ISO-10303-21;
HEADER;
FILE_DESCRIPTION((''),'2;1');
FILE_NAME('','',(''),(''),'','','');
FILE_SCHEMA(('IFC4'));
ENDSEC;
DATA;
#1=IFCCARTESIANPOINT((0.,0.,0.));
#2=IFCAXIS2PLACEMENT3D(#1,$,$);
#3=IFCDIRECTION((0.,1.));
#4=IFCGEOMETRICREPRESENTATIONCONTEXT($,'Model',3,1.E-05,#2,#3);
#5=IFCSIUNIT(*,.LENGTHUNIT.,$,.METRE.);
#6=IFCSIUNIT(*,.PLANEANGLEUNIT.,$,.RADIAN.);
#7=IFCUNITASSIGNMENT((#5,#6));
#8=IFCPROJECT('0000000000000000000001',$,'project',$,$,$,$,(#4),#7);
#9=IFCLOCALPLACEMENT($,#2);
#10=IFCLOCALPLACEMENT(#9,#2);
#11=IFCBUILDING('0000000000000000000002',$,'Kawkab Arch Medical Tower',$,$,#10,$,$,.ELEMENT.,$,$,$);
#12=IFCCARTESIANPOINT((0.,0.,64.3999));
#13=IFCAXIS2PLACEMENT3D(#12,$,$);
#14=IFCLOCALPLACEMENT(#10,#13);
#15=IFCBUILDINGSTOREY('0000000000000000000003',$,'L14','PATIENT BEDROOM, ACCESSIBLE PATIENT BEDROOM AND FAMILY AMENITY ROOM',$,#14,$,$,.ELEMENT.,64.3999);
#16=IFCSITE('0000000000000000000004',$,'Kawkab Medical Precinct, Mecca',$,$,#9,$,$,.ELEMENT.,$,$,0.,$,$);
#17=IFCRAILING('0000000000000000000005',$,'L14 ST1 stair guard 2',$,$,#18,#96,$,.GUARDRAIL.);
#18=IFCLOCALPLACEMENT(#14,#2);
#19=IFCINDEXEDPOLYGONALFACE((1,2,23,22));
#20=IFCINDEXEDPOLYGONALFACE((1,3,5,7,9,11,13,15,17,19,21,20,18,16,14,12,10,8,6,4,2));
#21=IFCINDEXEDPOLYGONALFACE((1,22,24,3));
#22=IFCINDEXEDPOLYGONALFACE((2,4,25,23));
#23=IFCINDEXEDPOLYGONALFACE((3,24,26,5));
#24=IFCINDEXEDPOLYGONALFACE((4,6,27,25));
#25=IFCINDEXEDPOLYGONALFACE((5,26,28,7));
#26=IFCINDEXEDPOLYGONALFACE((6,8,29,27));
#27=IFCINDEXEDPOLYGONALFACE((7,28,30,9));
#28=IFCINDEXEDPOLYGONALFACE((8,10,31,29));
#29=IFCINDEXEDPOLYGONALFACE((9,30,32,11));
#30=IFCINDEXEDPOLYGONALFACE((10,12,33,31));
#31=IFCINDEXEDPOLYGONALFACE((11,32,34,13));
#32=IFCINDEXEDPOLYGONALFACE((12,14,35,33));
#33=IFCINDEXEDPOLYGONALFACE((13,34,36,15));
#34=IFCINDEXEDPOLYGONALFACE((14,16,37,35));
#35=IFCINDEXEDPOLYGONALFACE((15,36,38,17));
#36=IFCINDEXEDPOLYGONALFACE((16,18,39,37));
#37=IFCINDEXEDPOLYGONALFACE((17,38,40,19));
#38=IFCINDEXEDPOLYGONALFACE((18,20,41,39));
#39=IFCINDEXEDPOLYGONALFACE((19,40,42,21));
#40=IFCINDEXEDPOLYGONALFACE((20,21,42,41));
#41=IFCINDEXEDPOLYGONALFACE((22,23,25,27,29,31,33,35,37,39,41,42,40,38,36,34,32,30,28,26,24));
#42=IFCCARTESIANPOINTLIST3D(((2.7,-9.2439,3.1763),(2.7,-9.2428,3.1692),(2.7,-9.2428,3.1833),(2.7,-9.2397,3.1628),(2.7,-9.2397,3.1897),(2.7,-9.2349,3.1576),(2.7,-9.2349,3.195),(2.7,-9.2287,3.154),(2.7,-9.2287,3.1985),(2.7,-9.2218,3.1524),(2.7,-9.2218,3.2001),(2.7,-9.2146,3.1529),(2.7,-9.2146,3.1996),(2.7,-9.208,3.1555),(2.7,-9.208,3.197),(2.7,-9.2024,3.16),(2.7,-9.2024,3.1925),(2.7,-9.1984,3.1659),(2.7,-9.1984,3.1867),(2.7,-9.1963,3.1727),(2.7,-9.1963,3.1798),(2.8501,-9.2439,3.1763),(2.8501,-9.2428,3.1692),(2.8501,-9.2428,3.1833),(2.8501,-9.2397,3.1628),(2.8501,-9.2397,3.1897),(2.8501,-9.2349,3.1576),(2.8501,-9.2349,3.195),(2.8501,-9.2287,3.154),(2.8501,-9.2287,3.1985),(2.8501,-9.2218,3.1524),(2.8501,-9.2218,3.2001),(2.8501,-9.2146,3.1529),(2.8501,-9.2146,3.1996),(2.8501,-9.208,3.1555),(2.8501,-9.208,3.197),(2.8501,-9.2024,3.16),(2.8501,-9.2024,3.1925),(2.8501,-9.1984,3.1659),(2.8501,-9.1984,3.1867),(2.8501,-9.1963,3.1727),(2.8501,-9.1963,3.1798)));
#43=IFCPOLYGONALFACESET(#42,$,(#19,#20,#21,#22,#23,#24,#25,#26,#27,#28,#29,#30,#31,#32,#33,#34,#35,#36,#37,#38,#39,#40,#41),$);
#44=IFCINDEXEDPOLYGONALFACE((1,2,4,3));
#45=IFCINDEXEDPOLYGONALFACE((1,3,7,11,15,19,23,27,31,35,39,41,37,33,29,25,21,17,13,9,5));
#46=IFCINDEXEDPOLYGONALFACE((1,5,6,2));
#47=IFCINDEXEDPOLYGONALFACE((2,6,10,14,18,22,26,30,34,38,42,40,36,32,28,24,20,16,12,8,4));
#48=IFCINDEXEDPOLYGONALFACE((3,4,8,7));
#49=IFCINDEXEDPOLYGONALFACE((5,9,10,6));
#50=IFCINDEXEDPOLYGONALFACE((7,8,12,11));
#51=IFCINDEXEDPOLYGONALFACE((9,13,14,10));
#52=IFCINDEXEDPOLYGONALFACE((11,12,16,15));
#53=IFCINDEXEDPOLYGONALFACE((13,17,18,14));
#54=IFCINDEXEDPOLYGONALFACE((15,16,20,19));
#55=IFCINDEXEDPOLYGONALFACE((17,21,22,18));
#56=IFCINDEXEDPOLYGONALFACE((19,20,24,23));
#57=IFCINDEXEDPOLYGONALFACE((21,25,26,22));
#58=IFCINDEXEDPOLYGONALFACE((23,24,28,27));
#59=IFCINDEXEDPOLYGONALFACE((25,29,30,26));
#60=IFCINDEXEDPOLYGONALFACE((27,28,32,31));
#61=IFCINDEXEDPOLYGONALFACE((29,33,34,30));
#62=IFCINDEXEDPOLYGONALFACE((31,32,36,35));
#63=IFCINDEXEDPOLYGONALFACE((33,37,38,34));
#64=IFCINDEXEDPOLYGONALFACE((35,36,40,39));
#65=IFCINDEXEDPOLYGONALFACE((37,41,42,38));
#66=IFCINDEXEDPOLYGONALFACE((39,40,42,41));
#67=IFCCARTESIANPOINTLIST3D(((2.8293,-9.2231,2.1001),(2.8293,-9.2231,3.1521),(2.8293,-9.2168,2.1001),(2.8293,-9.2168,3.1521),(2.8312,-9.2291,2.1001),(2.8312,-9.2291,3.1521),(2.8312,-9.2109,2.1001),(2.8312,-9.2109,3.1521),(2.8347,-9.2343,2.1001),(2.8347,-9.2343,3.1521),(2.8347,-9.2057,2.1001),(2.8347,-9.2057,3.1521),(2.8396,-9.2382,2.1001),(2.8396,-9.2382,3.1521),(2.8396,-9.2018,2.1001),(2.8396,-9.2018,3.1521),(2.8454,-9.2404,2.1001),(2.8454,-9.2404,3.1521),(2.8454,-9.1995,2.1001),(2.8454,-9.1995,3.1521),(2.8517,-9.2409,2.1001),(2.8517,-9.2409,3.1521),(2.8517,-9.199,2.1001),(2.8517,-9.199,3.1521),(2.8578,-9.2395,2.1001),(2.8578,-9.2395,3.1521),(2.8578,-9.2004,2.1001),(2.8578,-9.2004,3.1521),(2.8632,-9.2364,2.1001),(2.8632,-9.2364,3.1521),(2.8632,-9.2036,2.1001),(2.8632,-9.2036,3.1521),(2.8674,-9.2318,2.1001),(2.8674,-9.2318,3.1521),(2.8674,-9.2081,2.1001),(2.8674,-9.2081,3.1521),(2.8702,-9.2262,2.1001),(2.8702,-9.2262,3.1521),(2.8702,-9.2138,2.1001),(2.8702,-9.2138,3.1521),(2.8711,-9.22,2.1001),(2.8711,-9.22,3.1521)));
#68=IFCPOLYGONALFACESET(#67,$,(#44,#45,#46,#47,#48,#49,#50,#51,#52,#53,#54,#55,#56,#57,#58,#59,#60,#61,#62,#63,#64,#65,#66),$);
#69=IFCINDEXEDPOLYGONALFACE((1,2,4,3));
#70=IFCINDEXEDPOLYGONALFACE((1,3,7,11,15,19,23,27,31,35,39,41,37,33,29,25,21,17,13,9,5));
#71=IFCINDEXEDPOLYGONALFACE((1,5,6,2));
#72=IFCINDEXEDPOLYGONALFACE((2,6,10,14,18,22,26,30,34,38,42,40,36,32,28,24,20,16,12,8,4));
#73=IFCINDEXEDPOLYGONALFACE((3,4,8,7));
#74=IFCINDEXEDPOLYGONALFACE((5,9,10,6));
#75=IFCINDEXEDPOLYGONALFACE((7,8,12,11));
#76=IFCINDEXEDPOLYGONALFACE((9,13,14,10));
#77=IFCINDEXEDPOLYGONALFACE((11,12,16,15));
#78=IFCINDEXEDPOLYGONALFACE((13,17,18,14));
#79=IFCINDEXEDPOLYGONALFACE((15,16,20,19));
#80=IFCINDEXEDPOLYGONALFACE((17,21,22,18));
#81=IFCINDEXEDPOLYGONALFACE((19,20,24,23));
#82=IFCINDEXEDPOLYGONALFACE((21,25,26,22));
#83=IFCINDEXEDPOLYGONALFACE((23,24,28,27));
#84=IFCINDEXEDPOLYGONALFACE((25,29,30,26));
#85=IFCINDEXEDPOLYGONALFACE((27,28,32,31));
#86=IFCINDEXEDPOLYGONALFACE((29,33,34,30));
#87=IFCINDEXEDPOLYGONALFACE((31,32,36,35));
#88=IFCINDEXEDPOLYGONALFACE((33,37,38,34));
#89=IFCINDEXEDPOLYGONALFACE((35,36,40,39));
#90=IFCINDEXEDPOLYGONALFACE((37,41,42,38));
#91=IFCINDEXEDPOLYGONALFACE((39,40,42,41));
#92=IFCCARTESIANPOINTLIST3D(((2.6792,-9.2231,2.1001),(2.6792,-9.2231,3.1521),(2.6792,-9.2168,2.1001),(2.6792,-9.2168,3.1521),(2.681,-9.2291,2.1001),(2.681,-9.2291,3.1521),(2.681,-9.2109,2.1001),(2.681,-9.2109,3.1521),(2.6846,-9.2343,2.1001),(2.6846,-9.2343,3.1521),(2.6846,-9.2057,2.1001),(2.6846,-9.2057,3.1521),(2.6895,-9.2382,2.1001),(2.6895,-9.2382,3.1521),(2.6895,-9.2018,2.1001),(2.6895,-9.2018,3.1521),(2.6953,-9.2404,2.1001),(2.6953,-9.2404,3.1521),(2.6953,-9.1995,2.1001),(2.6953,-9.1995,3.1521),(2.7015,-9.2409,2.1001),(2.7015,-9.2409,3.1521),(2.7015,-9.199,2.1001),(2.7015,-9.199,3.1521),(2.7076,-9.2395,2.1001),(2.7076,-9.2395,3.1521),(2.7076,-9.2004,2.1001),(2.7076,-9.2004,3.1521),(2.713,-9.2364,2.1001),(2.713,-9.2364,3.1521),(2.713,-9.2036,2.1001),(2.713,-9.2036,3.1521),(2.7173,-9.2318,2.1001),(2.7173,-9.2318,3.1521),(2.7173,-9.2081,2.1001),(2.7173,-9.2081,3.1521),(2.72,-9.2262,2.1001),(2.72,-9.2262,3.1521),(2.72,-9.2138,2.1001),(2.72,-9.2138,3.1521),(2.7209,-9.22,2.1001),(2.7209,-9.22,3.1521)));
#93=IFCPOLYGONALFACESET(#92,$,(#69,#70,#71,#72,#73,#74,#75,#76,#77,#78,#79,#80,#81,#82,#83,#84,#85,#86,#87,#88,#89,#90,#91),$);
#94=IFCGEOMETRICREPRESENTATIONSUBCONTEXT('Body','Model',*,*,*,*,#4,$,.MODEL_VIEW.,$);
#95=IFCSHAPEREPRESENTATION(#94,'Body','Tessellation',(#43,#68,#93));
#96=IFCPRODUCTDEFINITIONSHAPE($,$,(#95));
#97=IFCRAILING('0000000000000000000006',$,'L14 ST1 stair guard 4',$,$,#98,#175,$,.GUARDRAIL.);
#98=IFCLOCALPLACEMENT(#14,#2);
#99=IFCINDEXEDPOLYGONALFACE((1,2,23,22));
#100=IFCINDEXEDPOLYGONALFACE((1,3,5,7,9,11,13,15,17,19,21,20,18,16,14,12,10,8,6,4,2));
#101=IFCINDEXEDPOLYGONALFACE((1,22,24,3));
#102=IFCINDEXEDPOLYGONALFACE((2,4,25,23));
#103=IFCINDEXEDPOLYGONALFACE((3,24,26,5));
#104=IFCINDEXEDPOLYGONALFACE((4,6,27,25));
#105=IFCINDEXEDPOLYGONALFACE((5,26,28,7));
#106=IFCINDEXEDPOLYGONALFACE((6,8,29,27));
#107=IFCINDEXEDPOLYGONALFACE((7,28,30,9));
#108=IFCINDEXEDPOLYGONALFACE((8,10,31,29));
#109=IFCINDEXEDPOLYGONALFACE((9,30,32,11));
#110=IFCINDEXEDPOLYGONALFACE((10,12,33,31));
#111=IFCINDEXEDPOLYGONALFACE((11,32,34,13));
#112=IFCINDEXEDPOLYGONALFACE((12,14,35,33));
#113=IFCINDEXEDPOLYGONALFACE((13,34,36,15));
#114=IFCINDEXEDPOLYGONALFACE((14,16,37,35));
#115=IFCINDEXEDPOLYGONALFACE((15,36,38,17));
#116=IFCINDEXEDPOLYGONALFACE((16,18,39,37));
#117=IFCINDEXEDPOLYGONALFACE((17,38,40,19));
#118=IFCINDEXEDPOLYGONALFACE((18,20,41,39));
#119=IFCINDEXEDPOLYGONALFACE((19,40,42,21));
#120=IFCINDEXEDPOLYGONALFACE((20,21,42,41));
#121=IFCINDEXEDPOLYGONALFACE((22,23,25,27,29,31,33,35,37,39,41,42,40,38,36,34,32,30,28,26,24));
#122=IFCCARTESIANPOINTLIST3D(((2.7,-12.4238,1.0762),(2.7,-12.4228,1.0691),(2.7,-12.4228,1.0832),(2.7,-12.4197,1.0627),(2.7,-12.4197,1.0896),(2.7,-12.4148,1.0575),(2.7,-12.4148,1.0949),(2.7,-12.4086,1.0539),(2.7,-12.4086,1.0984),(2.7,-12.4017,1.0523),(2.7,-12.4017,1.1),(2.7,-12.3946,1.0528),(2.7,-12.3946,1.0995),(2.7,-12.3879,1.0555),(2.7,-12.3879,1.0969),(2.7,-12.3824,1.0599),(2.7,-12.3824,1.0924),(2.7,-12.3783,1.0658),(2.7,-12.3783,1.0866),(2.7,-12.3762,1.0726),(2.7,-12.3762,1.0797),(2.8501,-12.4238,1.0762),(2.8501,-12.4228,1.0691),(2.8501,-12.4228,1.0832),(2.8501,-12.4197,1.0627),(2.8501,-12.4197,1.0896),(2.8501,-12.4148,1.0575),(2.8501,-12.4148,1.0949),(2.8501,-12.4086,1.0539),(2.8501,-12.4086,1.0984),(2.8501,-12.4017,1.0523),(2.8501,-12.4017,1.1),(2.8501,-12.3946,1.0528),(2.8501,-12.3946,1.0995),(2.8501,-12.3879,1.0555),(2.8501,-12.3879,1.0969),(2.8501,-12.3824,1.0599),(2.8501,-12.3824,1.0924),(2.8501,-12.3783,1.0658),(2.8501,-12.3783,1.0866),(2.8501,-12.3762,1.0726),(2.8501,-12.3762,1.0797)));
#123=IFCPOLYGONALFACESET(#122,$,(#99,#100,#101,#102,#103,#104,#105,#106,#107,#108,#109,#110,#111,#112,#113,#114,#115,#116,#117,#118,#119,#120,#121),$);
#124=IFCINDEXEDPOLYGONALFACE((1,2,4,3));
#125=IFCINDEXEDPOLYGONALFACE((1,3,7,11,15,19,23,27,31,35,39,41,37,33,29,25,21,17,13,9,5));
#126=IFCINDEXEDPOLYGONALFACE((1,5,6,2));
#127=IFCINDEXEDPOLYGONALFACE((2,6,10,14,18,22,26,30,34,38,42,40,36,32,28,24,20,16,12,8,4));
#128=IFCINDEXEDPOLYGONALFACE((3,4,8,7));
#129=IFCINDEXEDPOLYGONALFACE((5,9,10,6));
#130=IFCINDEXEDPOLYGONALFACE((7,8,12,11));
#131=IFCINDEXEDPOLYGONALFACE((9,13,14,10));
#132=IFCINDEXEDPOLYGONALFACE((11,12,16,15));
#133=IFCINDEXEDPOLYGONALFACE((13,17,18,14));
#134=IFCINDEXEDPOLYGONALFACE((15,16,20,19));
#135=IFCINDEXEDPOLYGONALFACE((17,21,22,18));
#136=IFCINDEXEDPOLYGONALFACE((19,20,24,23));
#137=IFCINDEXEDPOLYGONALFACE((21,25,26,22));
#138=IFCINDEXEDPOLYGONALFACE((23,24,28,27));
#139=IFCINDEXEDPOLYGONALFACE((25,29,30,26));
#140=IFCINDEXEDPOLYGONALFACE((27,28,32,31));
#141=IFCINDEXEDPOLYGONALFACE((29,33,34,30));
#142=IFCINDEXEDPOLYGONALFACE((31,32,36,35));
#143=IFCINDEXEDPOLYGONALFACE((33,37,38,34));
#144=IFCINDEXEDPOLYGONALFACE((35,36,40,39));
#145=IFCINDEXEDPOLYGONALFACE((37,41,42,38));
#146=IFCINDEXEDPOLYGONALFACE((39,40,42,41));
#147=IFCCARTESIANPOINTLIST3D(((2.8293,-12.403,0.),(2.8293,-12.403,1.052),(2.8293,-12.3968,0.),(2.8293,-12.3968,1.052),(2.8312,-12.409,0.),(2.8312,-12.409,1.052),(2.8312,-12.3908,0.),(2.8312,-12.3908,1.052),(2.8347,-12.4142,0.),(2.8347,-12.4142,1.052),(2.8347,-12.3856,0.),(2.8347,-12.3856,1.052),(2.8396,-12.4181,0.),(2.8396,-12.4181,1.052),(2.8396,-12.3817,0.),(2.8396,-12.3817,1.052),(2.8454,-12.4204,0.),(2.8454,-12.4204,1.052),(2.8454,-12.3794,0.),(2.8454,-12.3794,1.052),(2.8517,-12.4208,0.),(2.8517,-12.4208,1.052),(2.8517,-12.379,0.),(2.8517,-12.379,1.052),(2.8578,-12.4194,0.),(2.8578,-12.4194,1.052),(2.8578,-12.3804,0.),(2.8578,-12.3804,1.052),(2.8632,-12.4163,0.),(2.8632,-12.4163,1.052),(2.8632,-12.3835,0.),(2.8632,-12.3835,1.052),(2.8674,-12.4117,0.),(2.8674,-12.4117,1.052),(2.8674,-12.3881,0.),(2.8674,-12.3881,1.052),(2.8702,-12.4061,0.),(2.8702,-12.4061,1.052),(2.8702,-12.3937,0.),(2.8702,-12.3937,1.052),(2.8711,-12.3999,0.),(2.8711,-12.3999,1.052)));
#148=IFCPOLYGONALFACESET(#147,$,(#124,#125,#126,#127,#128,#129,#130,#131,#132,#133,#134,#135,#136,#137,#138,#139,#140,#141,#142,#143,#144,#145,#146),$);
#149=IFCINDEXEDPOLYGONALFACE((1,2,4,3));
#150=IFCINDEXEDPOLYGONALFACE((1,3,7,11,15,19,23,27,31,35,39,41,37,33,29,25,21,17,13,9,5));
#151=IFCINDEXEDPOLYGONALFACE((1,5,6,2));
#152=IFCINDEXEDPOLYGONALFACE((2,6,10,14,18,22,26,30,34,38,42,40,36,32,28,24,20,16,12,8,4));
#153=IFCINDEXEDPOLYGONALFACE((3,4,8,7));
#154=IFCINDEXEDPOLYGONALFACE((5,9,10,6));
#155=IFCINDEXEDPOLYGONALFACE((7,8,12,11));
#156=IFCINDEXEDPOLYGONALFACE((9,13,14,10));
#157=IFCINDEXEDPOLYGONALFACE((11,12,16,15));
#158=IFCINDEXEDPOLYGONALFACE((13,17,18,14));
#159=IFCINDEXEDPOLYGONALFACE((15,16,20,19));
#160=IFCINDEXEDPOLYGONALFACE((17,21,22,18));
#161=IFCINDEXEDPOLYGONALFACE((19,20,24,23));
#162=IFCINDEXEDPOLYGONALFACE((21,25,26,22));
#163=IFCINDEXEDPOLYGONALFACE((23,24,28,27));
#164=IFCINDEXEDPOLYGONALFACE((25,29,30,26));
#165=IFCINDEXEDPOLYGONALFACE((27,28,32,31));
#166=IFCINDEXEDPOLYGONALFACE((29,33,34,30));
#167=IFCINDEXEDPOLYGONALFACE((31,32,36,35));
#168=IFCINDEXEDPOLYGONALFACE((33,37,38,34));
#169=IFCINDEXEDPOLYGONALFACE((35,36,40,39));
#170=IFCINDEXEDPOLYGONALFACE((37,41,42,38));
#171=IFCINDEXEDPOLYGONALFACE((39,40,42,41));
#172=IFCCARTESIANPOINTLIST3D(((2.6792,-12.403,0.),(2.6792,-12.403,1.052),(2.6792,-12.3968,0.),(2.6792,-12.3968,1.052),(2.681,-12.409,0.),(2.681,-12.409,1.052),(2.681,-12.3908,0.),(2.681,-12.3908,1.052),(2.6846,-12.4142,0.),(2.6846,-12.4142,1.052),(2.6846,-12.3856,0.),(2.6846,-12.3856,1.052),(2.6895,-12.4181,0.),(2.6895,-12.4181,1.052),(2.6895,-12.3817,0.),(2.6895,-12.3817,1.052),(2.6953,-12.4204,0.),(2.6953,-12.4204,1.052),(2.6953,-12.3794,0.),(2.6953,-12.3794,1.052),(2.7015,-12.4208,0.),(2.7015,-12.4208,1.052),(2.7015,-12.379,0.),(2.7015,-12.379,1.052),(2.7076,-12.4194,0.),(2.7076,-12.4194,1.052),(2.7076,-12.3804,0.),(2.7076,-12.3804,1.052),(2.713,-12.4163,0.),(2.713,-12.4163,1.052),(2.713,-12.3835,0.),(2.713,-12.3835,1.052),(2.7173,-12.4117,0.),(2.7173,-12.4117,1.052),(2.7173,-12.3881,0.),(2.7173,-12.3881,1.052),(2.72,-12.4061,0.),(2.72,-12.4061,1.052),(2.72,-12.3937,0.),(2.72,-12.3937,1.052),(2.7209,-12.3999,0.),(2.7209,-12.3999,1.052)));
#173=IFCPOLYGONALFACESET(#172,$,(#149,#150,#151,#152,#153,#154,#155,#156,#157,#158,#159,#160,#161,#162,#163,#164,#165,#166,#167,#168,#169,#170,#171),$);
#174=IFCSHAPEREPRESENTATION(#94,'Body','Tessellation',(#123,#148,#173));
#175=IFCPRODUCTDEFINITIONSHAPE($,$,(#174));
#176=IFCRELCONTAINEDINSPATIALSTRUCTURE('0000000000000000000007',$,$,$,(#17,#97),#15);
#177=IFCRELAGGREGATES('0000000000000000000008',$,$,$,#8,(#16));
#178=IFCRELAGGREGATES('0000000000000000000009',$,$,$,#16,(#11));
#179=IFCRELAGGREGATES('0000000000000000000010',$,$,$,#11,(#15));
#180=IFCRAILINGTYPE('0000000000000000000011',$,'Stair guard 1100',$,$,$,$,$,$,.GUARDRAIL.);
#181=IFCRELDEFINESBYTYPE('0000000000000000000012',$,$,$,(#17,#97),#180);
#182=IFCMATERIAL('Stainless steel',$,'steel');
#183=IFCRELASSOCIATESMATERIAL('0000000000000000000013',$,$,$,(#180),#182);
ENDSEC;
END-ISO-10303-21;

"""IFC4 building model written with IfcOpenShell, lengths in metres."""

from ifc_helpers import new_model, si_unit, direction, frame, origin, origin_2d, place, context, subcontext, project, spatial, circle, extrude, material, type_object, element, save


model = new_model("IFC4")

# Units and contexts
model_context = context("Model", 3, precision=1e-05, world=origin(), true_north=direction((0.0, 1.0)))
body_context = subcontext(model_context, "Body", "Model", "MODEL_VIEW")
ifc_project = project(units=[si_unit("LENGTHUNIT", "METRE"), si_unit("PLANEANGLEUNIT", "RADIAN")], contexts=[model_context])

# Site, building, storey
site_placement = place(None, origin())
site = spatial("IfcSite", under=ifc_project, at=site_placement, Name="Kawkab Medical Precinct, Mecca", CompositionType="ELEMENT", RefElevation=0.0)
building_placement = place(site_placement, origin())
building = spatial("IfcBuilding", under=site, at=building_placement, Name="Kawkab Arch Medical Tower", CompositionType="ELEMENT")
storey_placement = place(building_placement, frame((0.0, 0.0, 64.3999)))
storey = spatial("IfcBuildingStorey", under=building, at=storey_placement, Name="L14", Description="PATIENT BEDROOM, ACCESSIBLE PATIENT BEDROOM AND FAMILY AMENITY ROOM", CompositionType="ELEMENT", Elevation=64.3999)

# Railings
ifc_material_1 = material(Name="Stainless steel", Category="steel")
railing_type = type_object("IfcRailingType", Name="Stair guard 1100", PredefinedType="GUARDRAIL", material=ifc_material_1)
for number, where, name in (
    (1, (2.8501, -9.22, 2.1001), "L14 ST1 stair guard 2"),
    (2, (2.8501, -12.3999, 0.0), "L14 ST1 stair guard 4"),
):
    element("IfcRailing", number, at=place(storey_placement, frame(where)), inside=storey, type_object=railing_type, Name=name, PredefinedType="GUARDRAIL", context=body_context, shape_type="SweptSolid", body=[
        extrude(circle(Radius=0.0239, at=origin_2d()), frame((0.0, 0.0, 1.0762), z_axis=(-1.0, 0.0, 0.0), x_axis=(0.0, -1.0, 0.0)), (0.0, 0.0, 1.0), 0.1501),
        extrude(circle(Radius=0.021, at=origin_2d()), origin(), (0.0, 0.0, 1.0), 1.052),
        extrude(circle(Radius=0.021, at=origin_2d()), frame((-0.1501, 0.0, 0.0)), (0.0, 0.0, 1.0), 1.052),
    ])

save(model, "model.ifc")
